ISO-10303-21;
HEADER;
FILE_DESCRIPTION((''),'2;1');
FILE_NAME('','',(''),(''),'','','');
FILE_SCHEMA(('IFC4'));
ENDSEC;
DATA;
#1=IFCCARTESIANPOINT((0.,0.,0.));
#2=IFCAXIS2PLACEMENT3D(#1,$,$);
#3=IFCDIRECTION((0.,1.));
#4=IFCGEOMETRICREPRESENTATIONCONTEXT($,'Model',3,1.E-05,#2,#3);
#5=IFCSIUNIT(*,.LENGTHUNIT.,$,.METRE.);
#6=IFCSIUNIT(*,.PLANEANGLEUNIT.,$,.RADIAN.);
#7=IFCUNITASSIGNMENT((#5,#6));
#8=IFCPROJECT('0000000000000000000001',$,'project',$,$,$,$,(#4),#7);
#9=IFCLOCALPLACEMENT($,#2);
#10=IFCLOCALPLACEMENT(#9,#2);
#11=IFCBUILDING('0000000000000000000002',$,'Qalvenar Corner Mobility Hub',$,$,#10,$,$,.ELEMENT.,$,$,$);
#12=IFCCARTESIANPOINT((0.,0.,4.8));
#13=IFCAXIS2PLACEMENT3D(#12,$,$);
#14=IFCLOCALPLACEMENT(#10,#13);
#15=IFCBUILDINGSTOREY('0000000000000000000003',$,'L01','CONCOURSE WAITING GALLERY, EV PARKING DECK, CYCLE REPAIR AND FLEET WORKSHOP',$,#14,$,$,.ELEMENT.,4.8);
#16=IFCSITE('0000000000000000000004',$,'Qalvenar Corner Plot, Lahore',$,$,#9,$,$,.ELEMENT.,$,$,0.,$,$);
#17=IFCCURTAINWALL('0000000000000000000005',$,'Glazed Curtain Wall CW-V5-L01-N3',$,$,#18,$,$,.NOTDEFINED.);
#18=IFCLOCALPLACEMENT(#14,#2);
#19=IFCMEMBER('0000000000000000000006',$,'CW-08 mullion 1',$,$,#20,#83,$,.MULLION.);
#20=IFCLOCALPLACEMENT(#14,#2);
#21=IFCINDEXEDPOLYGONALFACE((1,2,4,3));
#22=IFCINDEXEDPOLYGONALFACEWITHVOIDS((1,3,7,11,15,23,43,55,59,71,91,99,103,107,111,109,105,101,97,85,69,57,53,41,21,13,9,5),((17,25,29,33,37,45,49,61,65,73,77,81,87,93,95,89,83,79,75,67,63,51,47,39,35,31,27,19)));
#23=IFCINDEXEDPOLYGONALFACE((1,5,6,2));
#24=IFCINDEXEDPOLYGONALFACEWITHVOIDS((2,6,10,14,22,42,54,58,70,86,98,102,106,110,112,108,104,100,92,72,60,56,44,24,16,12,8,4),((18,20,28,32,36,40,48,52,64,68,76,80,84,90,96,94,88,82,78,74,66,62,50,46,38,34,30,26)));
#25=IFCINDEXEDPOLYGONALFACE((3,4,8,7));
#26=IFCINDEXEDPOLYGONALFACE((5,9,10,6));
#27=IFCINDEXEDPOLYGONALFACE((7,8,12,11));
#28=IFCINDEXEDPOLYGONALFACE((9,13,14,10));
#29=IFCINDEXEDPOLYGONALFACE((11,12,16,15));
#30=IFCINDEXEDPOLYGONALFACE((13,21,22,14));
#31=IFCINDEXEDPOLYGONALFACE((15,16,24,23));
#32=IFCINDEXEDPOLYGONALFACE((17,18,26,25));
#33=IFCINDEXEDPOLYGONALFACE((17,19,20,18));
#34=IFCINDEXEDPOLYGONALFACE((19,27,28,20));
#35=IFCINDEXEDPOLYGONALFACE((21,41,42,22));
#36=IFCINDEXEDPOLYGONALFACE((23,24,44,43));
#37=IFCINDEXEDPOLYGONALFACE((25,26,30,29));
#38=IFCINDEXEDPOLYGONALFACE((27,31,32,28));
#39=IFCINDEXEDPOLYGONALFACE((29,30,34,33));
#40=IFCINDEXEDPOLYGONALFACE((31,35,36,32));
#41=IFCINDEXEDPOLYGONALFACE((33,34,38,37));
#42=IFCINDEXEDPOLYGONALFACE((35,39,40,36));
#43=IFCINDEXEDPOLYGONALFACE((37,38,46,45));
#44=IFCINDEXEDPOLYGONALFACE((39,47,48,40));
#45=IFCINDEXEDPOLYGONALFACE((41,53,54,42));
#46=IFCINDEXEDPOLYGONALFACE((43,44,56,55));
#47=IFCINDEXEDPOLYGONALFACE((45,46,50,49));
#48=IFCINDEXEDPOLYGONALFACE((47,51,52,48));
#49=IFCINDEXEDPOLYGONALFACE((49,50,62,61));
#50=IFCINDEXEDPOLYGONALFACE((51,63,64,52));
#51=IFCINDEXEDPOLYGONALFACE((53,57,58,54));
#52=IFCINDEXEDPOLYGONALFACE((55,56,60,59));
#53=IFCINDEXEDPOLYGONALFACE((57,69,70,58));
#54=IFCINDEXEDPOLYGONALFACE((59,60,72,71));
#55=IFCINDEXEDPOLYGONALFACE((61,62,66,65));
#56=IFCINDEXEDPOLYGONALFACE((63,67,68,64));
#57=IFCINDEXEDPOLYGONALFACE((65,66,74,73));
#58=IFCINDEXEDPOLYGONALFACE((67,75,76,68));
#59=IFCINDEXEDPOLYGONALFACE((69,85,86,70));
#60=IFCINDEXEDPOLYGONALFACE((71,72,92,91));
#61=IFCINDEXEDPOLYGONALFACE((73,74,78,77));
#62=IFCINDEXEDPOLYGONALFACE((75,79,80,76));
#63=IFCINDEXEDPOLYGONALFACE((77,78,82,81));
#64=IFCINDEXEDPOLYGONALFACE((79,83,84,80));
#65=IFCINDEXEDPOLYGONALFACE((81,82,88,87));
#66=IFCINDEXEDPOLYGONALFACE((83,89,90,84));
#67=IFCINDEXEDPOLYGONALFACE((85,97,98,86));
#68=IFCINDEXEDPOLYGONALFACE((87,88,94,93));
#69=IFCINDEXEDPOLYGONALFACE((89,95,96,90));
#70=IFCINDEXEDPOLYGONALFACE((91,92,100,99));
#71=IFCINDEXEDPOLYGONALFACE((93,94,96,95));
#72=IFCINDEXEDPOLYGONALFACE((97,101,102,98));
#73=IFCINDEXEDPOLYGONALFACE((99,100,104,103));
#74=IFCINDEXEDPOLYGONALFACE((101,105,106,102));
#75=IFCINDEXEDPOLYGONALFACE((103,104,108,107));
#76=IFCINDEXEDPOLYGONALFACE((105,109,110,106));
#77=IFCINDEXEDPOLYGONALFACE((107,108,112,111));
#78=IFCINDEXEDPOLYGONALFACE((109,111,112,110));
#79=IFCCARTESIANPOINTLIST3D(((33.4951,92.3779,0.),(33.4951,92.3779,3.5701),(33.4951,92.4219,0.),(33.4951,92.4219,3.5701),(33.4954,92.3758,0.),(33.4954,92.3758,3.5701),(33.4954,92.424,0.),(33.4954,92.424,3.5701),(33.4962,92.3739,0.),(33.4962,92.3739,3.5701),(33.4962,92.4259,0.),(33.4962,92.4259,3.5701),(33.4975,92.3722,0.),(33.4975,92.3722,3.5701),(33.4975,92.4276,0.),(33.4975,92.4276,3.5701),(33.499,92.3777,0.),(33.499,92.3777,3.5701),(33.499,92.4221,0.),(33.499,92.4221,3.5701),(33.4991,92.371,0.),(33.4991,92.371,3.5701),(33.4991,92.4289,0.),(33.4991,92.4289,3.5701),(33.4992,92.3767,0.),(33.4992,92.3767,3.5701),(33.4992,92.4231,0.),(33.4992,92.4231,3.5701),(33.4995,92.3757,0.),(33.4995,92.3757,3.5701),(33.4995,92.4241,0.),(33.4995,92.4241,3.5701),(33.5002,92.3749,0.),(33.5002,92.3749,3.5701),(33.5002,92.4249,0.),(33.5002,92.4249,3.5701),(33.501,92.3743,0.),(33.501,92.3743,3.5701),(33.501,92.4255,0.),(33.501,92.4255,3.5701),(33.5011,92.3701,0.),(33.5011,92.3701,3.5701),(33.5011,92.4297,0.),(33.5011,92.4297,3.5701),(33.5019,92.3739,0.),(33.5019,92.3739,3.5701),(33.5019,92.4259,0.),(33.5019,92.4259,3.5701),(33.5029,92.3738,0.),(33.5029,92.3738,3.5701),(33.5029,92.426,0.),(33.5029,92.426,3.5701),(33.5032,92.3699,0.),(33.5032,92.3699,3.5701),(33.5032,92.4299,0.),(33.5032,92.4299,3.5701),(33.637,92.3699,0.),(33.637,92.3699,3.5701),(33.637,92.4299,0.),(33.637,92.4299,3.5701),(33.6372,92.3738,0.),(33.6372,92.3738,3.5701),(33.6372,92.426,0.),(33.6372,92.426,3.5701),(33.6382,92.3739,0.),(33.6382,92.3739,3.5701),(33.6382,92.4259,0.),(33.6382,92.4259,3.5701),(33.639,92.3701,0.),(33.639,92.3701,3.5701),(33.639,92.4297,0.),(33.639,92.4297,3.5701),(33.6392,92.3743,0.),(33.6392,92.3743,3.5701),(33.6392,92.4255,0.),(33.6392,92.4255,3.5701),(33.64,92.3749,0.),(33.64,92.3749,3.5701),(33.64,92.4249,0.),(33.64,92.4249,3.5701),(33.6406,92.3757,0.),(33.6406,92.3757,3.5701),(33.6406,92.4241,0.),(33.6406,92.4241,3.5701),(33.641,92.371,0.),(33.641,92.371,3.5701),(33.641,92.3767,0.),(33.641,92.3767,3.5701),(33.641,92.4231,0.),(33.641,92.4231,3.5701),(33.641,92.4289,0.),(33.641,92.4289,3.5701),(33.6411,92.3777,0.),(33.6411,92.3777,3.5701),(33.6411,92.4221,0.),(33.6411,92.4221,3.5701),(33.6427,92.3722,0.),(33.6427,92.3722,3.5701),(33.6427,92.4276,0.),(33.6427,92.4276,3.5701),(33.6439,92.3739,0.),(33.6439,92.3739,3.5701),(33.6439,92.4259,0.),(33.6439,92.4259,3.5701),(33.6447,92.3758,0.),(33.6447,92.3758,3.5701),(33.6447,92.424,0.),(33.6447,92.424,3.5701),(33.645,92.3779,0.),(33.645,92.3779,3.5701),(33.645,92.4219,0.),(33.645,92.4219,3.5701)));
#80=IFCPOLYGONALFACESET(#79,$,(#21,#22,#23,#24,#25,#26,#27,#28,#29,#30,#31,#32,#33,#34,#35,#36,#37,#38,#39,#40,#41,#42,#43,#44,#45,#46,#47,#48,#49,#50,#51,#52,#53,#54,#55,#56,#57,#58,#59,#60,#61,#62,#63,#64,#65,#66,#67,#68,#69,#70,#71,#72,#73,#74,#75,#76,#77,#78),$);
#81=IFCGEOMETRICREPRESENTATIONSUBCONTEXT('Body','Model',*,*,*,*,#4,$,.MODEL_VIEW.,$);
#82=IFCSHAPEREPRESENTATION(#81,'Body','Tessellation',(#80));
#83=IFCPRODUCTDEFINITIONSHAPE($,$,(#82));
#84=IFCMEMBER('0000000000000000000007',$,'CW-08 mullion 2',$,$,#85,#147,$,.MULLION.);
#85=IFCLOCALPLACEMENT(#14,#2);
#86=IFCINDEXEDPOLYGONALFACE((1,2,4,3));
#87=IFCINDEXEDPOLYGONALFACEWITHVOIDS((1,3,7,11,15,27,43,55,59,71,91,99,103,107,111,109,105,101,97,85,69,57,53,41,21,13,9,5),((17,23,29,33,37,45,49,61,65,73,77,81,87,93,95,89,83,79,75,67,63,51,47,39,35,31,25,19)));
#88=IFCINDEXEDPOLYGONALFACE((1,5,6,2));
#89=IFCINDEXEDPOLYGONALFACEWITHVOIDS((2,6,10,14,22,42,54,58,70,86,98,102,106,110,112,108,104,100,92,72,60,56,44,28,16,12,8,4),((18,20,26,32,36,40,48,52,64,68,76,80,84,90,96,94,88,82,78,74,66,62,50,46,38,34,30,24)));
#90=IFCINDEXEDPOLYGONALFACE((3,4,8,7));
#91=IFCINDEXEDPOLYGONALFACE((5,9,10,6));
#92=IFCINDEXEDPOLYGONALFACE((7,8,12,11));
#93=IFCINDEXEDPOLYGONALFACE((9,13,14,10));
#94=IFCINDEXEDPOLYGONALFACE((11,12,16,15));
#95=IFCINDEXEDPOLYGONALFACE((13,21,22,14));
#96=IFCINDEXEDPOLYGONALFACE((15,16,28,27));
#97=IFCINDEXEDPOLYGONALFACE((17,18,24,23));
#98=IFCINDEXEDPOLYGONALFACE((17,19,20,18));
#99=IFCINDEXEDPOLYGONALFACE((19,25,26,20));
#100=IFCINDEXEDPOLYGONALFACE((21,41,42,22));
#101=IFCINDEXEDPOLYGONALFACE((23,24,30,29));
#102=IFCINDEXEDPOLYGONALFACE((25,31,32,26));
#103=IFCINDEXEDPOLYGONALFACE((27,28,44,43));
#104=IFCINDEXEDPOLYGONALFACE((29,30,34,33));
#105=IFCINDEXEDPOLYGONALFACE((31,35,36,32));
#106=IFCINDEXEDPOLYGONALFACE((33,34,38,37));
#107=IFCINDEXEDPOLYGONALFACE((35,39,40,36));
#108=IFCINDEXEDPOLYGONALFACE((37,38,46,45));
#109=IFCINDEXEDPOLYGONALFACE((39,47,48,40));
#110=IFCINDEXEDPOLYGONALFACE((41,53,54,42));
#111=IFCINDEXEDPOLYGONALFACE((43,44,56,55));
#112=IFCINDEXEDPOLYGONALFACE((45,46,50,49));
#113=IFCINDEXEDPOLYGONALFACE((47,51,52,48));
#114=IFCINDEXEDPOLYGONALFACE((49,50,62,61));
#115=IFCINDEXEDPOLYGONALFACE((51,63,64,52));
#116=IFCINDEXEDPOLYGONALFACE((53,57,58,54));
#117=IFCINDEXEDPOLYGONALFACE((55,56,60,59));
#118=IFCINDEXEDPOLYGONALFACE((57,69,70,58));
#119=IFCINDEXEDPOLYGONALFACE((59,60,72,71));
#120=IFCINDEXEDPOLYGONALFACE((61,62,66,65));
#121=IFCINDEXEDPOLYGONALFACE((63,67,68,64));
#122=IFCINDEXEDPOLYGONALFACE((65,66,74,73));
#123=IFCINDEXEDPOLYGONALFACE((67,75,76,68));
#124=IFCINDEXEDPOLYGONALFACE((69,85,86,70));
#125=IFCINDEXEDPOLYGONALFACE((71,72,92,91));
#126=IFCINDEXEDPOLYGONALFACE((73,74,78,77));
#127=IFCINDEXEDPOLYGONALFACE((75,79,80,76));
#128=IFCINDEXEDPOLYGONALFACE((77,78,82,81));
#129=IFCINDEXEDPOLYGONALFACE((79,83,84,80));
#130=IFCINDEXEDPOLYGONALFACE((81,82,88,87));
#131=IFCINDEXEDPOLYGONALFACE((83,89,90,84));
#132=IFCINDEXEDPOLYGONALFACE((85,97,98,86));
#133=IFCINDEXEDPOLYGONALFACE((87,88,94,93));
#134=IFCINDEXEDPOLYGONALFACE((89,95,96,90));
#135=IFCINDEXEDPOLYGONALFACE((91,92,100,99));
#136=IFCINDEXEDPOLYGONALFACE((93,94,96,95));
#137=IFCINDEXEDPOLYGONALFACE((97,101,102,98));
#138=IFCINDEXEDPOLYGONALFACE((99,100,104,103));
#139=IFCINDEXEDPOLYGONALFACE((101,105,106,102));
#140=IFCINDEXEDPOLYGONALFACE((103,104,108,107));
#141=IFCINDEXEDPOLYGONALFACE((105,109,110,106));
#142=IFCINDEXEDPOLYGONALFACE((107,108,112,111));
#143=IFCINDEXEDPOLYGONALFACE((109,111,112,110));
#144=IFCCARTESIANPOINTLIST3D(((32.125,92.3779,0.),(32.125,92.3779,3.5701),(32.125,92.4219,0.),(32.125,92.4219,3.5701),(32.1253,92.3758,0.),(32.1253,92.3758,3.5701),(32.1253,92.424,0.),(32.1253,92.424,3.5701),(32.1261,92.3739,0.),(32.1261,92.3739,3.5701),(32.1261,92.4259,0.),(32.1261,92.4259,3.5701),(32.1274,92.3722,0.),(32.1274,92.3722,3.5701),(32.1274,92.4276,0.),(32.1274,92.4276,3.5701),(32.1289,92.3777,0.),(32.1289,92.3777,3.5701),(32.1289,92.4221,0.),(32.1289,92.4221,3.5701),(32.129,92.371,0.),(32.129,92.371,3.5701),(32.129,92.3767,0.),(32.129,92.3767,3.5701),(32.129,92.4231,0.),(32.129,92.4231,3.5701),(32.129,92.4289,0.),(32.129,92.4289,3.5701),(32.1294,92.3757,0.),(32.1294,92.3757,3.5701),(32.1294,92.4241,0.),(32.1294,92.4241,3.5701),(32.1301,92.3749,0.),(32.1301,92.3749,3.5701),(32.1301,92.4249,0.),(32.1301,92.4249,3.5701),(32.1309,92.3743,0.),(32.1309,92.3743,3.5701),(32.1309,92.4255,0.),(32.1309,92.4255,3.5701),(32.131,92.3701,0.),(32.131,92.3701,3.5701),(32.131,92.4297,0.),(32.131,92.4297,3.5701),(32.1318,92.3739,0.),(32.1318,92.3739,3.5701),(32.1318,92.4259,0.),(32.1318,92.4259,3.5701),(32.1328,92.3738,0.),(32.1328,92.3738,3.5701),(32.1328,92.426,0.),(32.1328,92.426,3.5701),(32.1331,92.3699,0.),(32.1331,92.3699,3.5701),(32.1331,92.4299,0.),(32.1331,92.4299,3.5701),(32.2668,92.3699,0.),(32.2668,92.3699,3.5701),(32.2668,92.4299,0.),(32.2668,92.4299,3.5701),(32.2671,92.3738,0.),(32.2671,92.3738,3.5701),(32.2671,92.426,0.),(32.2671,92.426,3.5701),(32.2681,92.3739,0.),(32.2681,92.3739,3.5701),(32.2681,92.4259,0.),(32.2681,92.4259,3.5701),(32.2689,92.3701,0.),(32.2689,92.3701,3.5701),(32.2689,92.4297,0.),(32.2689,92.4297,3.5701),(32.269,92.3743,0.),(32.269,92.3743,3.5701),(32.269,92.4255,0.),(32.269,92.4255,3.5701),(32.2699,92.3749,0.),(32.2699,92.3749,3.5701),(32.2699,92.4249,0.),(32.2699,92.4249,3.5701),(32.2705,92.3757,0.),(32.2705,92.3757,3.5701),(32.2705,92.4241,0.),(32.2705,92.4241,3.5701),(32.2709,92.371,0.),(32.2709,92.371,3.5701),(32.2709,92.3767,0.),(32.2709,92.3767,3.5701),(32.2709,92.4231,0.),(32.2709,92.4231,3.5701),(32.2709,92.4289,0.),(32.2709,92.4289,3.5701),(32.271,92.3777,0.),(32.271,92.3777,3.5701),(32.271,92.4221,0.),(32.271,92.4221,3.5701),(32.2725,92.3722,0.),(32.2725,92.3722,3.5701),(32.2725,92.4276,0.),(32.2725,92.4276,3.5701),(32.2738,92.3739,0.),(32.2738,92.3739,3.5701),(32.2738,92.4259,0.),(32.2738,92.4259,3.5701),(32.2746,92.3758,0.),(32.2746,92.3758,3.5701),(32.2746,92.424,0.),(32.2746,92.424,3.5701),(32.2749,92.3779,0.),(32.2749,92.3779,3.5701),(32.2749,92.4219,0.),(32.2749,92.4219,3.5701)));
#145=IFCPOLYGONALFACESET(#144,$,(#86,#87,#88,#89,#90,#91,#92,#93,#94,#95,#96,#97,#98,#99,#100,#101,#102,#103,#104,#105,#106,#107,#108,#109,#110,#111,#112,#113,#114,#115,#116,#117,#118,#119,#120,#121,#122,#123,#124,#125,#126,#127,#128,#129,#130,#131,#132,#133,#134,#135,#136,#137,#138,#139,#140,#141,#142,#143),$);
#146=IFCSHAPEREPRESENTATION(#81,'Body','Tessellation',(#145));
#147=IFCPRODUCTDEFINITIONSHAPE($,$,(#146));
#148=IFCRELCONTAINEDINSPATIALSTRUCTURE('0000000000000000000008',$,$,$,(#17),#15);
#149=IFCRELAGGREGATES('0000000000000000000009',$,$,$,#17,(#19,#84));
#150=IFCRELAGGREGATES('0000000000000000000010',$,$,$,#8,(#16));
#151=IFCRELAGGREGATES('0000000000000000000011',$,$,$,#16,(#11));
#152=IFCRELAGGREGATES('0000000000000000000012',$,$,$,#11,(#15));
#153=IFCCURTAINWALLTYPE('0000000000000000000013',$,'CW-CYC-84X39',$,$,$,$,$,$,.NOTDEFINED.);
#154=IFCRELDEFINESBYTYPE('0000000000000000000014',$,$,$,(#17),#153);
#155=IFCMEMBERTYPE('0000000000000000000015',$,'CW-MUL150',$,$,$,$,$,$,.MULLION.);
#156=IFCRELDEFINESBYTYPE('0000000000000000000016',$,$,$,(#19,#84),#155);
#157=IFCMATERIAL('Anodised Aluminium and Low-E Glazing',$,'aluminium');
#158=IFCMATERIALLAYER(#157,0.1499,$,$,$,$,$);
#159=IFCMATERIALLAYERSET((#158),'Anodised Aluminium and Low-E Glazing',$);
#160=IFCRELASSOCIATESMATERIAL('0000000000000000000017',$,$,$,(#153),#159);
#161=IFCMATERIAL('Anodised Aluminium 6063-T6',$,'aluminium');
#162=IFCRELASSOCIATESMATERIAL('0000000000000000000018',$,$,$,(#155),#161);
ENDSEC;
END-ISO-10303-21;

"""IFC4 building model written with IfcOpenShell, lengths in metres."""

from ifc_helpers import new_model, si_unit, direction, frame, origin, origin_2d, place, context, subcontext, project, spatial, hollow_rectangle, extrude, material, layer, layer_set, material_profile, profile_set, type_object, element, aggregate, save


model = new_model("IFC4")

# Units and contexts
model_context = context("Model", 3, precision=1e-05, world=origin(), true_north=direction((0.0, 1.0)))
body_context = subcontext(model_context, "Body", "Model", "MODEL_VIEW")
ifc_project = project(units=[si_unit("LENGTHUNIT", "METRE"), si_unit("PLANEANGLEUNIT", "RADIAN")], contexts=[model_context])

# Site, building, storey
site_placement = place(None, origin())
site = spatial("IfcSite", under=ifc_project, at=site_placement, Name="Qalvenar Corner Plot, Lahore", CompositionType="ELEMENT", RefElevation=0.0)
building_placement = place(site_placement, origin())
building = spatial("IfcBuilding", under=site, at=building_placement, Name="Qalvenar Corner Mobility Hub", CompositionType="ELEMENT")
storey_placement = place(building_placement, frame((0.0, 0.0, 4.8)))
storey = spatial("IfcBuildingStorey", under=building, at=storey_placement, Name="L01", Description="CONCOURSE WAITING GALLERY, EV PARKING DECK, CYCLE REPAIR AND FLEET WORKSHOP", CompositionType="ELEMENT", Elevation=4.8)

# Curtain wall, members
ifc_material_1 = material(Name="Anodised Aluminium and Low-E Glazing", Category="aluminium")
ifc_layer_1 = layer(ifc_material_1, 0.1499)
ifc_layer_set_1 = layer_set([ifc_layer_1], Name="Anodised Aluminium and Low-E Glazing")
curtain_wall_type = type_object("IfcCurtainWallType", Name="CW-CYC-84X39", PredefinedType="NOTDEFINED", material=ifc_layer_set_1)
ifc_material_2 = material(Name="Anodised Aluminium 6063-T6", Category="aluminium")
ifc_material_profile_1 = material_profile(ifc_material_2, hollow_rectangle(XDim=0.0601, YDim=0.1499, WallThickness=0.0039, InnerFilletRadius=0.0039, OuterFilletRadius=0.0081, at=origin_2d()), Name="RHS150x60x4")
ifc_profile_set_1 = profile_set([ifc_material_profile_1], Name="Anodised Aluminium 6063-T6")
member_type_1 = type_object("IfcMemberType", Name="CW-MUL150", PredefinedType="MULLION", material=ifc_profile_set_1)
curtain_wall_1_placement = place(storey_placement, origin())
curtain_wall_1 = element("IfcCurtainWall", 1, at=curtain_wall_1_placement, inside=storey, type_object=curtain_wall_type, Name="Glazed Curtain Wall CW-V5-L01-N3", PredefinedType="NOTDEFINED")
member_1_placement = place(storey_placement, frame((33.5701, 92.3999, 0.0), z_axis=(0.0, 0.0, 1.0), x_axis=(0.0, -1.0, 0.0)))
member_1 = element("IfcMember", 2, at=member_1_placement, type_object=member_type_1, Name="CW-08 mullion 1", PredefinedType="MULLION", context=body_context, shape_type="SweptSolid", body=[
    extrude(hollow_rectangle(XDim=0.0601, YDim=0.1499, WallThickness=0.0039, InnerFilletRadius=0.0039, OuterFilletRadius=0.0081, at=origin_2d()), origin(), (0.0, 0.0, 1.0), 3.5701),
])
member_2_placement = place(storey_placement, frame((32.2, 92.3999, 0.0), z_axis=(0.0, 0.0, 1.0), x_axis=(0.0, -1.0, 0.0)))
member_2 = element("IfcMember", 3, at=member_2_placement, type_object=member_type_1, Name="CW-08 mullion 2", PredefinedType="MULLION", context=body_context, shape_type="SweptSolid", body=[
    extrude(hollow_rectangle(XDim=0.0601, YDim=0.1499, WallThickness=0.0039, InnerFilletRadius=0.0039, OuterFilletRadius=0.0081, at=origin_2d()), origin(), (0.0, 0.0, 1.0), 3.5701),
])

aggregate(curtain_wall_1, [member_1, member_2])

save(model, "model.ifc")
